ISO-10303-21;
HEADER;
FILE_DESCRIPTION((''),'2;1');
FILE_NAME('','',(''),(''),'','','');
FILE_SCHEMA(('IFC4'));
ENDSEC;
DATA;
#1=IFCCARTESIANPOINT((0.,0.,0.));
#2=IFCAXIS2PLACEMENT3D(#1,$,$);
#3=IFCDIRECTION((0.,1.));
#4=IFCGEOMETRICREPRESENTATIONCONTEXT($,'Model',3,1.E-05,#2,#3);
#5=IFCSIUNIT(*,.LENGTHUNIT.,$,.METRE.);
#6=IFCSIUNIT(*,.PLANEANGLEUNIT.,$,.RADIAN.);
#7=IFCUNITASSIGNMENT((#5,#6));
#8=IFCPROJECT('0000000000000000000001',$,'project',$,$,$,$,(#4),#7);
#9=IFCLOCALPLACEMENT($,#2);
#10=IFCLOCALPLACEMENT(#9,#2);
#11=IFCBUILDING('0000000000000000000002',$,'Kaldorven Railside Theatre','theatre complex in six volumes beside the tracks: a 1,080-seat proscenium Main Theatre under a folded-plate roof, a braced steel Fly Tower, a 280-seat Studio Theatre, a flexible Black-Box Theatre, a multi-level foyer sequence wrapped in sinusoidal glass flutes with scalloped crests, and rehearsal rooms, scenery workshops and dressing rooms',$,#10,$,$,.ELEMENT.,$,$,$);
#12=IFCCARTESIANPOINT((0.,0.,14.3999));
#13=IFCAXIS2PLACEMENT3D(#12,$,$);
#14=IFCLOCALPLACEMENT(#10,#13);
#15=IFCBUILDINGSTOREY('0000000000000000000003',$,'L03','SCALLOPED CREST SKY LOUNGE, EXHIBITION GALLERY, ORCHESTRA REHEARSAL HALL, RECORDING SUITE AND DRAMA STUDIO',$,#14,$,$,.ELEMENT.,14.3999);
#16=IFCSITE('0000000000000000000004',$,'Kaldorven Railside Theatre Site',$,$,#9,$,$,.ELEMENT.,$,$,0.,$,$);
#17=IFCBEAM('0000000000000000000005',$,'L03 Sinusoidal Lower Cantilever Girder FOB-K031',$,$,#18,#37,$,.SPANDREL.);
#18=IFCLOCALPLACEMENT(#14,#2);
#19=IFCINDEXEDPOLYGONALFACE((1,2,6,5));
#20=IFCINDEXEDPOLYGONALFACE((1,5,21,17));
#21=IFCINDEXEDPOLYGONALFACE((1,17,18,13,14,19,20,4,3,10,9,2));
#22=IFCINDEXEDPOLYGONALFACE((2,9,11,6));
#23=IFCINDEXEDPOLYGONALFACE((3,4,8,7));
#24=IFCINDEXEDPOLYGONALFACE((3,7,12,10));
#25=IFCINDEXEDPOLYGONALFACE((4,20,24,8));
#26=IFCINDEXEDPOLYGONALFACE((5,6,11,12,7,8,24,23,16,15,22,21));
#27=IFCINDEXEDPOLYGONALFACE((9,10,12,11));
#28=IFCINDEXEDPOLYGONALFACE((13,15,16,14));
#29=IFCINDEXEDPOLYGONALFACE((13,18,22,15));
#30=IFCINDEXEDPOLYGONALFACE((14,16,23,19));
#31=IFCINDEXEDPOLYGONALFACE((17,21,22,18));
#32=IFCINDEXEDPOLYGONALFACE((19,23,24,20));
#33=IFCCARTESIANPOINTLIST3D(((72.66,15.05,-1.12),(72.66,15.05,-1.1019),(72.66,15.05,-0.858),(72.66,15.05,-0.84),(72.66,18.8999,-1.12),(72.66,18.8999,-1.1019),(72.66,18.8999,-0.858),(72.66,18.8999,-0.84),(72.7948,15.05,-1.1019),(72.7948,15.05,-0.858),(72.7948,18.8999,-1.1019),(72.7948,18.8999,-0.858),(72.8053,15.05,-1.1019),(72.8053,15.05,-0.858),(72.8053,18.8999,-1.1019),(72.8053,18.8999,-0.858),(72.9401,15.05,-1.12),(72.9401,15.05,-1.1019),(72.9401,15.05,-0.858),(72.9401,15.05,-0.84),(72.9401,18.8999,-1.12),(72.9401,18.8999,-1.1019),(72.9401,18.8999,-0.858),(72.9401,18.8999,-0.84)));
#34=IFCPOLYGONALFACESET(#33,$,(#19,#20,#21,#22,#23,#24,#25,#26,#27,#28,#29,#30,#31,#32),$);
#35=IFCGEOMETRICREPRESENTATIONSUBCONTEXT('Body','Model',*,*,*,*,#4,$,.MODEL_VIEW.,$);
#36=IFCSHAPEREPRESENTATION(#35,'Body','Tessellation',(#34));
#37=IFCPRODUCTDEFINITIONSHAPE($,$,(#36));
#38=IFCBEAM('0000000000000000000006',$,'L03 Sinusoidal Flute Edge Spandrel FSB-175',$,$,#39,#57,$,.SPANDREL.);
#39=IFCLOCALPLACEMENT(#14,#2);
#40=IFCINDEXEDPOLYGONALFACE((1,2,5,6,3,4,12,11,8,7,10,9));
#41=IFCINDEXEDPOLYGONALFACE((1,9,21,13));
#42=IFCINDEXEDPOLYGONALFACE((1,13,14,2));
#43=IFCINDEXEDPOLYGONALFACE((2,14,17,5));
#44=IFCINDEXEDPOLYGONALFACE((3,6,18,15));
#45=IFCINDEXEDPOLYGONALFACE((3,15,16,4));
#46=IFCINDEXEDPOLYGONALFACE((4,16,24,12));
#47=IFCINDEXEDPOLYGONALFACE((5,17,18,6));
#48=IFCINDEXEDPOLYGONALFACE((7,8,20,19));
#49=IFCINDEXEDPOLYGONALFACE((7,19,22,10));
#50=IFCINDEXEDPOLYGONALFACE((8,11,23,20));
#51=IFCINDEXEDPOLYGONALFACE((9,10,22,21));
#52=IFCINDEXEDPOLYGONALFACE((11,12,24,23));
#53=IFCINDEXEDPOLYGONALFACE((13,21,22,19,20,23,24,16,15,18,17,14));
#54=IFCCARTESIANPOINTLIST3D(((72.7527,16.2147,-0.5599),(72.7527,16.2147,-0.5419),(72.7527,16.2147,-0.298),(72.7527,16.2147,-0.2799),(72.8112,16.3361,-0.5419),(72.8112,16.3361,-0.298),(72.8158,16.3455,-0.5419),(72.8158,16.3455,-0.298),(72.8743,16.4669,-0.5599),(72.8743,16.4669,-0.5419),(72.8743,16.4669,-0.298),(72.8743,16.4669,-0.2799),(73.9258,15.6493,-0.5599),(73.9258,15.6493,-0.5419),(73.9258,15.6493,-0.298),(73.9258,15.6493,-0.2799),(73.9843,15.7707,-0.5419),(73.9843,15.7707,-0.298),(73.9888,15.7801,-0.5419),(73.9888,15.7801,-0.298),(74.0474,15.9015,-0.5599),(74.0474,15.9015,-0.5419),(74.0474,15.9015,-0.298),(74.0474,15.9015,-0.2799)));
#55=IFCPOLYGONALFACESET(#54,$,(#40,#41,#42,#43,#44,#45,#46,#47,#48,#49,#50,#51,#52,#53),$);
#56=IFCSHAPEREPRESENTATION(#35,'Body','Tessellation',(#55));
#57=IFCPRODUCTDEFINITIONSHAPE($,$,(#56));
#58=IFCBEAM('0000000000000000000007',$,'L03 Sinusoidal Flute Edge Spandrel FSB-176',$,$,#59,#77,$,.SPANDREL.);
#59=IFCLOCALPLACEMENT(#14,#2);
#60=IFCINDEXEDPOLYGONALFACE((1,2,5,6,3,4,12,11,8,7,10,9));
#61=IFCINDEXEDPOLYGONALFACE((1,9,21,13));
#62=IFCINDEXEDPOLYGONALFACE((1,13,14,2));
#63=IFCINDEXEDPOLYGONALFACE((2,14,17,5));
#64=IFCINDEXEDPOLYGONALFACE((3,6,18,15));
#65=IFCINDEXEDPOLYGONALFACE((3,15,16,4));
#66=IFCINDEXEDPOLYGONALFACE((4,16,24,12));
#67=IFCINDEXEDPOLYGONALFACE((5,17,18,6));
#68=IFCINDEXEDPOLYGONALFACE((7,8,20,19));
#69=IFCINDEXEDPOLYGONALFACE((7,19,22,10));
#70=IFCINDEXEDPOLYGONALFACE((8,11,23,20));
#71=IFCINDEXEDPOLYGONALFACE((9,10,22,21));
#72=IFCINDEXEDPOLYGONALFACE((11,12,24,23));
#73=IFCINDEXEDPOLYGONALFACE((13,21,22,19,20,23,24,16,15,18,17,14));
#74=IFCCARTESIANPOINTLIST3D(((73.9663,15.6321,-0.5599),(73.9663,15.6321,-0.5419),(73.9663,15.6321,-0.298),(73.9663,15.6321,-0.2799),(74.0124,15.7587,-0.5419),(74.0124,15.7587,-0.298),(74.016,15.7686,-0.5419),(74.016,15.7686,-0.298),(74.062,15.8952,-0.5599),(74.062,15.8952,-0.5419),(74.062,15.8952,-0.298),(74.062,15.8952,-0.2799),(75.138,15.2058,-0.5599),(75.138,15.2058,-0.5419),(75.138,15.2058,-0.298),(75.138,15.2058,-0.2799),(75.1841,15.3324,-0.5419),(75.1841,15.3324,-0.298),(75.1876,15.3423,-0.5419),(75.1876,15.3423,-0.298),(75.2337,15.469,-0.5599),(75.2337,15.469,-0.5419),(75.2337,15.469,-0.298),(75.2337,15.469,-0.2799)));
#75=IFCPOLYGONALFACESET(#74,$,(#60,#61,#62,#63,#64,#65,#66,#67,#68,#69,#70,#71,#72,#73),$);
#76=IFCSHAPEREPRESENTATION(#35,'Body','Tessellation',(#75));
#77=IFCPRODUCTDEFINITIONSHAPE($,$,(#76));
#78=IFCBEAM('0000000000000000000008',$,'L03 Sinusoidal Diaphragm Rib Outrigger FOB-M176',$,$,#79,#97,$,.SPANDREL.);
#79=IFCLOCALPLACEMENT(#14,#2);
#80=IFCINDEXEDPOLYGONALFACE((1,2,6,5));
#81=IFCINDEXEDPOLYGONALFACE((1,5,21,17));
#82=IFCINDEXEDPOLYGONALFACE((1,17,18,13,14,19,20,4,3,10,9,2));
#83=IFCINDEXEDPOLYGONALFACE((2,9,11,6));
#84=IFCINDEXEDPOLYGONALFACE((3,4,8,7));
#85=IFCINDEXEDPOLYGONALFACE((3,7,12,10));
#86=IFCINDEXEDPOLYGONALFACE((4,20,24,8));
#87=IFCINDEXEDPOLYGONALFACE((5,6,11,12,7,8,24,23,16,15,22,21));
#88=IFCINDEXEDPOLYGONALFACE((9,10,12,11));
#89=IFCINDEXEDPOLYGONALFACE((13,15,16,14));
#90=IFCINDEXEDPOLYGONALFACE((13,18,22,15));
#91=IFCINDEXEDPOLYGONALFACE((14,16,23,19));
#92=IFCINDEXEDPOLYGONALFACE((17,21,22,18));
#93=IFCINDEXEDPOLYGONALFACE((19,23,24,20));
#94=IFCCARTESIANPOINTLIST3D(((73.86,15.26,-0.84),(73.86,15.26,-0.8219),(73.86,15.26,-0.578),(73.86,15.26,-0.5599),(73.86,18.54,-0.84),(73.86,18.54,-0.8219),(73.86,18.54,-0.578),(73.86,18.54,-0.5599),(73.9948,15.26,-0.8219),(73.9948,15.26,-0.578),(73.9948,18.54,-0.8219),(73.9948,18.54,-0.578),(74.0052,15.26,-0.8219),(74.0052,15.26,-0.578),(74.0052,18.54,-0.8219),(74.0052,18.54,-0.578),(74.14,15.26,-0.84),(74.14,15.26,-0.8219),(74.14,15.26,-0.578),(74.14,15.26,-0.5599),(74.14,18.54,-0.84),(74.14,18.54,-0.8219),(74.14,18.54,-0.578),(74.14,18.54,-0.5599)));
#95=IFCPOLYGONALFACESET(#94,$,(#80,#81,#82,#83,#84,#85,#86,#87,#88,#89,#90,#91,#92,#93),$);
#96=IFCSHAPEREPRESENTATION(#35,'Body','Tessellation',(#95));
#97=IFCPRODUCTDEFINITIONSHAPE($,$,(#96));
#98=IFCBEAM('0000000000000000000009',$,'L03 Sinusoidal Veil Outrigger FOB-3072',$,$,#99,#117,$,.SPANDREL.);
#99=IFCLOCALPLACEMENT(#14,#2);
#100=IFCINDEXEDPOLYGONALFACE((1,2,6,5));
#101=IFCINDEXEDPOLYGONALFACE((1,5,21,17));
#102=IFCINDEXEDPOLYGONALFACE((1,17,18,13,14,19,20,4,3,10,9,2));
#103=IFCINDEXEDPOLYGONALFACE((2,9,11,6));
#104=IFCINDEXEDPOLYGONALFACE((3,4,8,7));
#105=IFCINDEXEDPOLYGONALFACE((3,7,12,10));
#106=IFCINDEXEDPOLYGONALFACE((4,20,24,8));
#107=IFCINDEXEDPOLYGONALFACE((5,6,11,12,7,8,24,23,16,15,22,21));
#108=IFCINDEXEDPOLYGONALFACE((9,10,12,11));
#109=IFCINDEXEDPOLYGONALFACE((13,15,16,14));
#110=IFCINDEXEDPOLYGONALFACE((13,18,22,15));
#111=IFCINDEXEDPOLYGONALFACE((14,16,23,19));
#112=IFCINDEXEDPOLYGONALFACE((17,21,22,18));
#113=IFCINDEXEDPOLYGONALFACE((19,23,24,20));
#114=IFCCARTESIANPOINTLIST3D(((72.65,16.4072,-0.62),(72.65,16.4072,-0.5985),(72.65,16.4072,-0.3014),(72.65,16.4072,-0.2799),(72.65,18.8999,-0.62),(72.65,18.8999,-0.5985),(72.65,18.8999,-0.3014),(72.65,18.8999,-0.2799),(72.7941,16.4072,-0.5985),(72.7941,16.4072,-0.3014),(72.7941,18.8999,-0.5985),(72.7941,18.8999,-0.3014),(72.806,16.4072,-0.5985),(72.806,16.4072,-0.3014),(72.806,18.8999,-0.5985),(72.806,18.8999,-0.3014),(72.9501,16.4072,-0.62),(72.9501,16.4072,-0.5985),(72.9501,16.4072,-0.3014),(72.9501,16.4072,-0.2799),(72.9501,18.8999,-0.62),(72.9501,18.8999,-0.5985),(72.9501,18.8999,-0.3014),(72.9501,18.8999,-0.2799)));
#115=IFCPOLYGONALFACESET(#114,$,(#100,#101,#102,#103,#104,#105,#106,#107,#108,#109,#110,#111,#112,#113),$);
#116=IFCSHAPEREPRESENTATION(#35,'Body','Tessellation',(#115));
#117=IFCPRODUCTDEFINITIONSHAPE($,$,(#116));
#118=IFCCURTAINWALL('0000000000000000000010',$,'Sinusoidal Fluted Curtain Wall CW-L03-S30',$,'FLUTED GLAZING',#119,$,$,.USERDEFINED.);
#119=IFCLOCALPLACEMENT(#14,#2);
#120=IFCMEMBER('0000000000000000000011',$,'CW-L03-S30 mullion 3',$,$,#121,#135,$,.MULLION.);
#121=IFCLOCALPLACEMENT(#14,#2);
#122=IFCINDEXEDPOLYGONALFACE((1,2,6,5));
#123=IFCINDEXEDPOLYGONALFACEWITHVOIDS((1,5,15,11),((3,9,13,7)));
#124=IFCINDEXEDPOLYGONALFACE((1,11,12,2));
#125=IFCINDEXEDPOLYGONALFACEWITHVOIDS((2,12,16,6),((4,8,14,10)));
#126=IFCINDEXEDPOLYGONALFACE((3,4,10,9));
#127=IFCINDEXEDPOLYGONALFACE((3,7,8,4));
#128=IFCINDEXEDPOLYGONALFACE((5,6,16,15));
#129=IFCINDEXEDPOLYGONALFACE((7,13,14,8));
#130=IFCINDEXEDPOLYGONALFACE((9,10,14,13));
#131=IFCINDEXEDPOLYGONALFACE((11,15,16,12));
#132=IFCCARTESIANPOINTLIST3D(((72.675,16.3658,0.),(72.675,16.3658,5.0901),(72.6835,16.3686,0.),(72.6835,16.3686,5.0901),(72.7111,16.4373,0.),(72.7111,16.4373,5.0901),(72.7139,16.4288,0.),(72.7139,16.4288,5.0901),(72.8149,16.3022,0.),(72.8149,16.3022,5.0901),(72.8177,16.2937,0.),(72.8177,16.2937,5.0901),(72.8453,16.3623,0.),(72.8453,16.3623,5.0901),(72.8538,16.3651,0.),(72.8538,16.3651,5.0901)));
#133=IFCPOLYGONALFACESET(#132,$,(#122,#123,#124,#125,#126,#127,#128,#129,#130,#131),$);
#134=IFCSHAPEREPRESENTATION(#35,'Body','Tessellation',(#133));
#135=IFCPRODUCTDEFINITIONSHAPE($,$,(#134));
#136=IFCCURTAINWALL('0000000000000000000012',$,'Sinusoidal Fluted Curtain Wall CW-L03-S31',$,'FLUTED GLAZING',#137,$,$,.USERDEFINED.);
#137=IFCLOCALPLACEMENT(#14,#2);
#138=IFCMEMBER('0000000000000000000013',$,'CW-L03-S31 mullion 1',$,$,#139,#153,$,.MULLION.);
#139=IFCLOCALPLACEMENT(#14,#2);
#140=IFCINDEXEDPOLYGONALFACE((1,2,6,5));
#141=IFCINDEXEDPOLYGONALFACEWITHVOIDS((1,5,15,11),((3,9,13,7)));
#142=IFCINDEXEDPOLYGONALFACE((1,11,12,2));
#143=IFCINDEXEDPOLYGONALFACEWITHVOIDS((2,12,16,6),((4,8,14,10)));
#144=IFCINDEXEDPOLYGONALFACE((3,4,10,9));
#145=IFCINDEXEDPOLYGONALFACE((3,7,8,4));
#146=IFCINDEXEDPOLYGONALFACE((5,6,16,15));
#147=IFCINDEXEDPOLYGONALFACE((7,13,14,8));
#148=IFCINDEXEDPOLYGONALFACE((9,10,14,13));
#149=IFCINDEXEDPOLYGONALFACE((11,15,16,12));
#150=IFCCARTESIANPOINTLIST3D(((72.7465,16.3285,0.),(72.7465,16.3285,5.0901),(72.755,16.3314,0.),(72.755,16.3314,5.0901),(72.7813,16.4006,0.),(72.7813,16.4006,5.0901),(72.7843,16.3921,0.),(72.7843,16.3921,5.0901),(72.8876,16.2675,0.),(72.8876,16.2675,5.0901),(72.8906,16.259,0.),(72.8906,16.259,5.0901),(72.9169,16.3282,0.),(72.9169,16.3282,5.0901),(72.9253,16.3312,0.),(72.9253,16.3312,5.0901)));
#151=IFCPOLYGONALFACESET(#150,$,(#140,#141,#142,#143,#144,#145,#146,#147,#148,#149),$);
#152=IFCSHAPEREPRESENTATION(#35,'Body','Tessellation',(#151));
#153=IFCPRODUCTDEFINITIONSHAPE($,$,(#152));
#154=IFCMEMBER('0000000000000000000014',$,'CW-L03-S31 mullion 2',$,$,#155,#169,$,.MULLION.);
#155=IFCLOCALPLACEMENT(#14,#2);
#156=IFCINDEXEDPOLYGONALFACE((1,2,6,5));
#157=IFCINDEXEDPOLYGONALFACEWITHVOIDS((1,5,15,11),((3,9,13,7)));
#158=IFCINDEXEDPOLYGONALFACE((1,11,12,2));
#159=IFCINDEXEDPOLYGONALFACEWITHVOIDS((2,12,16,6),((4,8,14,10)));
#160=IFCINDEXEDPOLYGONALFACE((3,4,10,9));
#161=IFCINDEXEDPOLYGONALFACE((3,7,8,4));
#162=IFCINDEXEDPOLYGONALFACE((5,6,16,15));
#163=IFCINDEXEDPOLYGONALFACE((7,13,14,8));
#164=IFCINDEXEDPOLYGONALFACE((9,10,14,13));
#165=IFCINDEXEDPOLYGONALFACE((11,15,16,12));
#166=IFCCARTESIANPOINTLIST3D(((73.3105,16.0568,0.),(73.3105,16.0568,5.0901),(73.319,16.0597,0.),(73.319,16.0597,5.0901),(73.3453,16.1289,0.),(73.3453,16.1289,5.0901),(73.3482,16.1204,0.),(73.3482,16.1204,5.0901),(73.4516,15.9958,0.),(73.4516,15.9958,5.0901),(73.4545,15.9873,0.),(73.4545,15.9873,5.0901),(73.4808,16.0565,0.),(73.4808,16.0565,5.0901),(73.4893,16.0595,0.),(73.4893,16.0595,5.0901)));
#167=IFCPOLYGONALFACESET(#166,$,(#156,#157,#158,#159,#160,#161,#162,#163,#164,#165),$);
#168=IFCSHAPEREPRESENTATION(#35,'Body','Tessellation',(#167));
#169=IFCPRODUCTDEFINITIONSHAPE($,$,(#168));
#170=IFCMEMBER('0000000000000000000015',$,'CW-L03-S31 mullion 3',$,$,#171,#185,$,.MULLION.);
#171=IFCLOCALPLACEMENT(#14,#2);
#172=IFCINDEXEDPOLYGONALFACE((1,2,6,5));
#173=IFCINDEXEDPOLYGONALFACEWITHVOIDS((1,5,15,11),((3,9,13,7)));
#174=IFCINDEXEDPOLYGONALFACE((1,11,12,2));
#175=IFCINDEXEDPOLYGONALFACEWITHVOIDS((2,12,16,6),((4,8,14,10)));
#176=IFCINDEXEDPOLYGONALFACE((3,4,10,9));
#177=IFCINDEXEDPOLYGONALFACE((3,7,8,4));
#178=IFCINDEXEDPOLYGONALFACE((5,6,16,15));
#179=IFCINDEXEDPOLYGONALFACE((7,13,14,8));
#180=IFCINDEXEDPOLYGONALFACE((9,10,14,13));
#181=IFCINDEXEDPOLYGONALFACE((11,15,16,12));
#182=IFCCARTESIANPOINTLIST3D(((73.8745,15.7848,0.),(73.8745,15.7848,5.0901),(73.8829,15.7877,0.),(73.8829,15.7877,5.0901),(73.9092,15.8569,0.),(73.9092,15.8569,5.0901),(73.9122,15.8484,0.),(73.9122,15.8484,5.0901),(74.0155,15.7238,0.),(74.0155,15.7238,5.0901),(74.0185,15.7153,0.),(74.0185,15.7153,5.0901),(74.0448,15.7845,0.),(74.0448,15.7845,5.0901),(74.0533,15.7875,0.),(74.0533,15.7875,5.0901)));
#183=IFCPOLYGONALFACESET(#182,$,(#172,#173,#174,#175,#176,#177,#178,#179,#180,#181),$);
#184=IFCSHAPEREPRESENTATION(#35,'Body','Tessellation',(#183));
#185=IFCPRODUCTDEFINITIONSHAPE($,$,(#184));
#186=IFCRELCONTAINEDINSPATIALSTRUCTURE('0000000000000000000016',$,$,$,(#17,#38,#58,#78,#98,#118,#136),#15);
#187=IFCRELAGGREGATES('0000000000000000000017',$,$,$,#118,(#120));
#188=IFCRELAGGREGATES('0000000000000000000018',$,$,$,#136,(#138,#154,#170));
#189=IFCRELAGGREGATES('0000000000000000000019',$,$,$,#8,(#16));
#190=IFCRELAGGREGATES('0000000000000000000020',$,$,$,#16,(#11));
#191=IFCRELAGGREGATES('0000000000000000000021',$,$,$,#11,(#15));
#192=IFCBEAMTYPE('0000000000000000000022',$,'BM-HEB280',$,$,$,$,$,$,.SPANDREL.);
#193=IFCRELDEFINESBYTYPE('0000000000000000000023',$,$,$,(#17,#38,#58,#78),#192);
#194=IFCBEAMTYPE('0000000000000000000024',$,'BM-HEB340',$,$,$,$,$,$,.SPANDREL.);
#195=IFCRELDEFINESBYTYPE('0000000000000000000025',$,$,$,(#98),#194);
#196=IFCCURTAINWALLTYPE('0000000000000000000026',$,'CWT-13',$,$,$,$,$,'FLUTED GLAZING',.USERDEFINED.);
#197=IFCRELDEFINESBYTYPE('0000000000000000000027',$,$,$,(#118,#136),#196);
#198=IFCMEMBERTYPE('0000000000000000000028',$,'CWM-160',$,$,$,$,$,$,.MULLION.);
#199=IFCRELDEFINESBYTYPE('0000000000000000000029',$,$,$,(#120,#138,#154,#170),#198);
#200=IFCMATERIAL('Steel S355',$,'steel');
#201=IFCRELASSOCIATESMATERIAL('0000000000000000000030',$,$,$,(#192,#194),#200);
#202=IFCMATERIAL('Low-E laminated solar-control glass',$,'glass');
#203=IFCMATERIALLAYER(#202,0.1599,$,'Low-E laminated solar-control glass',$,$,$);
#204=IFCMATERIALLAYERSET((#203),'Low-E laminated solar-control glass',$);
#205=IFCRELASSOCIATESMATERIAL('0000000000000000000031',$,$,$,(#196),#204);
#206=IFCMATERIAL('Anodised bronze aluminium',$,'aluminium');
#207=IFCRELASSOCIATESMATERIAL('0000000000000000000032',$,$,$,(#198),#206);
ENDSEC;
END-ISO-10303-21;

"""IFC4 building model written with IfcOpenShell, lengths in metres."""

from ifc_helpers import new_model, si_unit, direction, frame, origin, origin_2d, place, context, subcontext, project, spatial, hollow_rectangle, i_section, extrude, material, layer, layer_set, material_profile, profile_set, type_object, element, aggregate, save


model = new_model("IFC4")

# Units and contexts
model_context = context("Model", 3, precision=1e-05, world=origin(), true_north=direction((0.0, 1.0)))
body_context = subcontext(model_context, "Body", "Model", "MODEL_VIEW")
ifc_project = project(units=[si_unit("LENGTHUNIT", "METRE"), si_unit("PLANEANGLEUNIT", "RADIAN")], contexts=[model_context])

# Site, building, storey
site_placement = place(None, origin())
site = spatial("IfcSite", under=ifc_project, at=site_placement, Name="Kaldorven Railside Theatre Site", CompositionType="ELEMENT", RefElevation=0.0)
building_placement = place(site_placement, origin())
building = spatial("IfcBuilding", under=site, at=building_placement, Name="Kaldorven Railside Theatre", Description="theatre complex in six volumes beside the tracks: a 1,080-seat proscenium Main Theatre under a folded-plate roof, a braced steel Fly Tower, a 280-seat Studio Theatre, a flexible Black-Box Theatre, a multi-level foyer sequence wrapped in sinusoidal glass flutes with scalloped crests, and rehearsal rooms, scenery workshops and dressing rooms", CompositionType="ELEMENT")
storey_placement = place(building_placement, frame((0.0, 0.0, 14.3999)))
storey = spatial("IfcBuildingStorey", under=building, at=storey_placement, Name="L03", Description="SCALLOPED CREST SKY LOUNGE, EXHIBITION GALLERY, ORCHESTRA REHEARSAL HALL, RECORDING SUITE AND DRAMA STUDIO", CompositionType="ELEMENT", Elevation=14.3999)

# Beams
ifc_material_1 = material(Name="Steel S355", Category="steel")
ifc_material_profile_1 = material_profile(ifc_material_1, i_section(OverallWidth=0.28, OverallDepth=0.28, WebThickness=0.0105, FlangeThickness=0.0181, at=origin_2d()), Name="HEB 280")
ifc_profile_set_1 = profile_set([ifc_material_profile_1], Name="Steel S355")
beam_type_1 = type_object("IfcBeamType", Name="BM-HEB280", PredefinedType="SPANDREL", material=ifc_profile_set_1)
beam_1_placement = place(storey_placement, frame((72.8, 15.05, -0.98), z_axis=(0.0, 1.0, 0.0), x_axis=(-1.0, 0.0, 0.0)))
element("IfcBeam", 1, at=beam_1_placement, inside=storey, type_object=beam_type_1, Name="L03 Sinusoidal Lower Cantilever Girder FOB-K031", PredefinedType="SPANDREL", context=body_context, shape_type="SweptSolid", body=[
    extrude(i_section(OverallWidth=0.28, OverallDepth=0.28, WebThickness=0.0105, FlangeThickness=0.0181, at=origin_2d()), origin(), (0.0, 0.0, 1.0), 3.8499),
])
beam_2_placement = place(storey_placement, frame((72.8135, 16.3408, -0.4199), z_axis=(0.90082, -0.434193, 0.0), x_axis=(0.434193, 0.90082, 0.0)))
element("IfcBeam", 2, at=beam_2_placement, inside=storey, type_object=beam_type_1, Name="L03 Sinusoidal Flute Edge Spandrel FSB-175", PredefinedType="SPANDREL", context=body_context, shape_type="SweptSolid", body=[
    extrude(i_section(OverallWidth=0.28, OverallDepth=0.28, WebThickness=0.0105, FlangeThickness=0.0181, at=origin_2d()), origin(), (0.0, 0.0, 1.0), 1.3022),
])
beam_3_placement = place(storey_placement, frame((74.0142, 15.7637, -0.4199), z_axis=(0.939736, -0.3419, 0.0), x_axis=(0.3419, 0.939736, 0.0)))
element("IfcBeam", 3, at=beam_3_placement, inside=storey, type_object=beam_type_1, Name="L03 Sinusoidal Flute Edge Spandrel FSB-176", PredefinedType="SPANDREL", context=body_context, shape_type="SweptSolid", body=[
    extrude(i_section(OverallWidth=0.28, OverallDepth=0.28, WebThickness=0.0105, FlangeThickness=0.0181, at=origin_2d()), origin(), (0.0, 0.0, 1.0), 1.2468),
])
beam_4_placement = place(storey_placement, frame((74.0, 15.26, -0.7), z_axis=(0.0, 1.0, 0.0), x_axis=(-1.0, 0.0, 0.0)))
element("IfcBeam", 4, at=beam_4_placement, inside=storey, type_object=beam_type_1, Name="L03 Sinusoidal Diaphragm Rib Outrigger FOB-M176", PredefinedType="SPANDREL", context=body_context, shape_type="SweptSolid", body=[
    extrude(i_section(OverallWidth=0.28, OverallDepth=0.28, WebThickness=0.0105, FlangeThickness=0.0181, at=origin_2d()), origin(), (0.0, 0.0, 1.0), 3.28),
])
ifc_material_profile_2 = material_profile(ifc_material_1, i_section(OverallWidth=0.3, OverallDepth=0.3401, WebThickness=0.012, FlangeThickness=0.0215, at=origin_2d()), Name="HEB 340")
ifc_profile_set_2 = profile_set([ifc_material_profile_2], Name="Steel S355")
beam_type_2 = type_object("IfcBeamType", Name="BM-HEB340", PredefinedType="SPANDREL", material=ifc_profile_set_2)
beam_5_placement = place(storey_placement, frame((72.8, 16.4072, -0.45), z_axis=(0.0, 1.0, 0.0), x_axis=(-1.0, 0.0, 0.0)))
element("IfcBeam", 5, at=beam_5_placement, inside=storey, type_object=beam_type_2, Name="L03 Sinusoidal Veil Outrigger FOB-3072", PredefinedType="SPANDREL", context=body_context, shape_type="SweptSolid", body=[
    extrude(i_section(OverallWidth=0.3, OverallDepth=0.3401, WebThickness=0.012, FlangeThickness=0.0215, at=origin_2d()), origin(), (0.0, 0.0, 1.0), 2.4927),
])

# Curtain wall, member
ifc_material_2 = material(Name="Low-E laminated solar-control glass", Category="glass")
ifc_layer_1 = layer(ifc_material_2, 0.1599, Name="Low-E laminated solar-control glass")
ifc_layer_set_1 = layer_set([ifc_layer_1], Name="Low-E laminated solar-control glass")
curtain_wall_type_1 = type_object("IfcCurtainWallType", Name="CWT-13", ElementType="FLUTED GLAZING", PredefinedType="USERDEFINED", material=ifc_layer_set_1)
curtain_wall_1_placement = place(storey_placement, origin())
curtain_wall_1 = element("IfcCurtainWall", 6, at=curtain_wall_1_placement, inside=storey, type_object=curtain_wall_type_1, Name="Sinusoidal Fluted Curtain Wall CW-L03-S30", ObjectType="FLUTED GLAZING", PredefinedType="USERDEFINED")
ifc_material_3 = material(Name="Anodised bronze aluminium", Category="aluminium")
ifc_material_profile_3 = material_profile(ifc_material_3, hollow_rectangle(XDim=0.0801, YDim=0.1599, WallThickness=0.0063, at=origin_2d()), Name="RHS 160x80x6.3")
ifc_profile_set_3 = profile_set([ifc_material_profile_3], Name="Anodised bronze aluminium")
member_type_1 = type_object("IfcMemberType", Name="CWM-160", PredefinedType="MULLION", material=ifc_profile_set_3)
member_1_placement = place(storey_placement, frame((72.7644, 16.3655, 0.0), z_axis=(0.0, 0.0, 1.0), x_axis=(0.451432, 0.892305, 0.0)))
member_1 = element("IfcMember", 7, at=member_1_placement, type_object=member_type_1, Name="CW-L03-S30 mullion 3", PredefinedType="MULLION", context=body_context, shape_type="SweptSolid", body=[
    extrude(hollow_rectangle(XDim=0.0801, YDim=0.1599, WallThickness=0.0063, at=origin_2d()), origin(), (0.0, 0.0, 1.0), 5.0901),
])

# Curtain wall, members
curtain_wall_2_placement = place(storey_placement, origin())
curtain_wall_2 = element("IfcCurtainWall", 8, at=curtain_wall_2_placement, inside=storey, type_object=curtain_wall_type_1, Name="Sinusoidal Fluted Curtain Wall CW-L03-S31", ObjectType="FLUTED GLAZING", PredefinedType="USERDEFINED")
member_2_placement = place(storey_placement, frame((72.8359, 16.3298, 0.0), z_axis=(0.0, 0.0, 1.0), x_axis=(0.434256, 0.90079, 0.0)))
member_2 = element("IfcMember", 9, at=member_2_placement, type_object=member_type_1, Name="CW-L03-S31 mullion 1", PredefinedType="MULLION", context=body_context, shape_type="SweptSolid", body=[
    extrude(hollow_rectangle(XDim=0.0801, YDim=0.1599, WallThickness=0.0063, at=origin_2d()), origin(), (0.0, 0.0, 1.0), 5.0901),
])
member_3_placement = place(storey_placement, frame((73.3999, 16.0581, 0.0), z_axis=(0.0, 0.0, 1.0), x_axis=(0.434256, 0.90079, 0.0)))
member_3 = element("IfcMember", 10, at=member_3_placement, type_object=member_type_1, Name="CW-L03-S31 mullion 2", PredefinedType="MULLION", context=body_context, shape_type="SweptSolid", body=[
    extrude(hollow_rectangle(XDim=0.0801, YDim=0.1599, WallThickness=0.0063, at=origin_2d()), origin(), (0.0, 0.0, 1.0), 5.0901),
])
member_4_placement = place(storey_placement, frame((73.9639, 15.7861, 0.0), z_axis=(0.0, 0.0, 1.0), x_axis=(0.434256, 0.90079, 0.0)))
member_4 = element("IfcMember", 11, at=member_4_placement, type_object=member_type_1, Name="CW-L03-S31 mullion 3", PredefinedType="MULLION", context=body_context, shape_type="SweptSolid", body=[
    extrude(hollow_rectangle(XDim=0.0801, YDim=0.1599, WallThickness=0.0063, at=origin_2d()), origin(), (0.0, 0.0, 1.0), 5.0901),
])

aggregate(curtain_wall_1, [member_1])
aggregate(curtain_wall_2, [member_2, member_3, member_4])

save(model, "model.ifc")
